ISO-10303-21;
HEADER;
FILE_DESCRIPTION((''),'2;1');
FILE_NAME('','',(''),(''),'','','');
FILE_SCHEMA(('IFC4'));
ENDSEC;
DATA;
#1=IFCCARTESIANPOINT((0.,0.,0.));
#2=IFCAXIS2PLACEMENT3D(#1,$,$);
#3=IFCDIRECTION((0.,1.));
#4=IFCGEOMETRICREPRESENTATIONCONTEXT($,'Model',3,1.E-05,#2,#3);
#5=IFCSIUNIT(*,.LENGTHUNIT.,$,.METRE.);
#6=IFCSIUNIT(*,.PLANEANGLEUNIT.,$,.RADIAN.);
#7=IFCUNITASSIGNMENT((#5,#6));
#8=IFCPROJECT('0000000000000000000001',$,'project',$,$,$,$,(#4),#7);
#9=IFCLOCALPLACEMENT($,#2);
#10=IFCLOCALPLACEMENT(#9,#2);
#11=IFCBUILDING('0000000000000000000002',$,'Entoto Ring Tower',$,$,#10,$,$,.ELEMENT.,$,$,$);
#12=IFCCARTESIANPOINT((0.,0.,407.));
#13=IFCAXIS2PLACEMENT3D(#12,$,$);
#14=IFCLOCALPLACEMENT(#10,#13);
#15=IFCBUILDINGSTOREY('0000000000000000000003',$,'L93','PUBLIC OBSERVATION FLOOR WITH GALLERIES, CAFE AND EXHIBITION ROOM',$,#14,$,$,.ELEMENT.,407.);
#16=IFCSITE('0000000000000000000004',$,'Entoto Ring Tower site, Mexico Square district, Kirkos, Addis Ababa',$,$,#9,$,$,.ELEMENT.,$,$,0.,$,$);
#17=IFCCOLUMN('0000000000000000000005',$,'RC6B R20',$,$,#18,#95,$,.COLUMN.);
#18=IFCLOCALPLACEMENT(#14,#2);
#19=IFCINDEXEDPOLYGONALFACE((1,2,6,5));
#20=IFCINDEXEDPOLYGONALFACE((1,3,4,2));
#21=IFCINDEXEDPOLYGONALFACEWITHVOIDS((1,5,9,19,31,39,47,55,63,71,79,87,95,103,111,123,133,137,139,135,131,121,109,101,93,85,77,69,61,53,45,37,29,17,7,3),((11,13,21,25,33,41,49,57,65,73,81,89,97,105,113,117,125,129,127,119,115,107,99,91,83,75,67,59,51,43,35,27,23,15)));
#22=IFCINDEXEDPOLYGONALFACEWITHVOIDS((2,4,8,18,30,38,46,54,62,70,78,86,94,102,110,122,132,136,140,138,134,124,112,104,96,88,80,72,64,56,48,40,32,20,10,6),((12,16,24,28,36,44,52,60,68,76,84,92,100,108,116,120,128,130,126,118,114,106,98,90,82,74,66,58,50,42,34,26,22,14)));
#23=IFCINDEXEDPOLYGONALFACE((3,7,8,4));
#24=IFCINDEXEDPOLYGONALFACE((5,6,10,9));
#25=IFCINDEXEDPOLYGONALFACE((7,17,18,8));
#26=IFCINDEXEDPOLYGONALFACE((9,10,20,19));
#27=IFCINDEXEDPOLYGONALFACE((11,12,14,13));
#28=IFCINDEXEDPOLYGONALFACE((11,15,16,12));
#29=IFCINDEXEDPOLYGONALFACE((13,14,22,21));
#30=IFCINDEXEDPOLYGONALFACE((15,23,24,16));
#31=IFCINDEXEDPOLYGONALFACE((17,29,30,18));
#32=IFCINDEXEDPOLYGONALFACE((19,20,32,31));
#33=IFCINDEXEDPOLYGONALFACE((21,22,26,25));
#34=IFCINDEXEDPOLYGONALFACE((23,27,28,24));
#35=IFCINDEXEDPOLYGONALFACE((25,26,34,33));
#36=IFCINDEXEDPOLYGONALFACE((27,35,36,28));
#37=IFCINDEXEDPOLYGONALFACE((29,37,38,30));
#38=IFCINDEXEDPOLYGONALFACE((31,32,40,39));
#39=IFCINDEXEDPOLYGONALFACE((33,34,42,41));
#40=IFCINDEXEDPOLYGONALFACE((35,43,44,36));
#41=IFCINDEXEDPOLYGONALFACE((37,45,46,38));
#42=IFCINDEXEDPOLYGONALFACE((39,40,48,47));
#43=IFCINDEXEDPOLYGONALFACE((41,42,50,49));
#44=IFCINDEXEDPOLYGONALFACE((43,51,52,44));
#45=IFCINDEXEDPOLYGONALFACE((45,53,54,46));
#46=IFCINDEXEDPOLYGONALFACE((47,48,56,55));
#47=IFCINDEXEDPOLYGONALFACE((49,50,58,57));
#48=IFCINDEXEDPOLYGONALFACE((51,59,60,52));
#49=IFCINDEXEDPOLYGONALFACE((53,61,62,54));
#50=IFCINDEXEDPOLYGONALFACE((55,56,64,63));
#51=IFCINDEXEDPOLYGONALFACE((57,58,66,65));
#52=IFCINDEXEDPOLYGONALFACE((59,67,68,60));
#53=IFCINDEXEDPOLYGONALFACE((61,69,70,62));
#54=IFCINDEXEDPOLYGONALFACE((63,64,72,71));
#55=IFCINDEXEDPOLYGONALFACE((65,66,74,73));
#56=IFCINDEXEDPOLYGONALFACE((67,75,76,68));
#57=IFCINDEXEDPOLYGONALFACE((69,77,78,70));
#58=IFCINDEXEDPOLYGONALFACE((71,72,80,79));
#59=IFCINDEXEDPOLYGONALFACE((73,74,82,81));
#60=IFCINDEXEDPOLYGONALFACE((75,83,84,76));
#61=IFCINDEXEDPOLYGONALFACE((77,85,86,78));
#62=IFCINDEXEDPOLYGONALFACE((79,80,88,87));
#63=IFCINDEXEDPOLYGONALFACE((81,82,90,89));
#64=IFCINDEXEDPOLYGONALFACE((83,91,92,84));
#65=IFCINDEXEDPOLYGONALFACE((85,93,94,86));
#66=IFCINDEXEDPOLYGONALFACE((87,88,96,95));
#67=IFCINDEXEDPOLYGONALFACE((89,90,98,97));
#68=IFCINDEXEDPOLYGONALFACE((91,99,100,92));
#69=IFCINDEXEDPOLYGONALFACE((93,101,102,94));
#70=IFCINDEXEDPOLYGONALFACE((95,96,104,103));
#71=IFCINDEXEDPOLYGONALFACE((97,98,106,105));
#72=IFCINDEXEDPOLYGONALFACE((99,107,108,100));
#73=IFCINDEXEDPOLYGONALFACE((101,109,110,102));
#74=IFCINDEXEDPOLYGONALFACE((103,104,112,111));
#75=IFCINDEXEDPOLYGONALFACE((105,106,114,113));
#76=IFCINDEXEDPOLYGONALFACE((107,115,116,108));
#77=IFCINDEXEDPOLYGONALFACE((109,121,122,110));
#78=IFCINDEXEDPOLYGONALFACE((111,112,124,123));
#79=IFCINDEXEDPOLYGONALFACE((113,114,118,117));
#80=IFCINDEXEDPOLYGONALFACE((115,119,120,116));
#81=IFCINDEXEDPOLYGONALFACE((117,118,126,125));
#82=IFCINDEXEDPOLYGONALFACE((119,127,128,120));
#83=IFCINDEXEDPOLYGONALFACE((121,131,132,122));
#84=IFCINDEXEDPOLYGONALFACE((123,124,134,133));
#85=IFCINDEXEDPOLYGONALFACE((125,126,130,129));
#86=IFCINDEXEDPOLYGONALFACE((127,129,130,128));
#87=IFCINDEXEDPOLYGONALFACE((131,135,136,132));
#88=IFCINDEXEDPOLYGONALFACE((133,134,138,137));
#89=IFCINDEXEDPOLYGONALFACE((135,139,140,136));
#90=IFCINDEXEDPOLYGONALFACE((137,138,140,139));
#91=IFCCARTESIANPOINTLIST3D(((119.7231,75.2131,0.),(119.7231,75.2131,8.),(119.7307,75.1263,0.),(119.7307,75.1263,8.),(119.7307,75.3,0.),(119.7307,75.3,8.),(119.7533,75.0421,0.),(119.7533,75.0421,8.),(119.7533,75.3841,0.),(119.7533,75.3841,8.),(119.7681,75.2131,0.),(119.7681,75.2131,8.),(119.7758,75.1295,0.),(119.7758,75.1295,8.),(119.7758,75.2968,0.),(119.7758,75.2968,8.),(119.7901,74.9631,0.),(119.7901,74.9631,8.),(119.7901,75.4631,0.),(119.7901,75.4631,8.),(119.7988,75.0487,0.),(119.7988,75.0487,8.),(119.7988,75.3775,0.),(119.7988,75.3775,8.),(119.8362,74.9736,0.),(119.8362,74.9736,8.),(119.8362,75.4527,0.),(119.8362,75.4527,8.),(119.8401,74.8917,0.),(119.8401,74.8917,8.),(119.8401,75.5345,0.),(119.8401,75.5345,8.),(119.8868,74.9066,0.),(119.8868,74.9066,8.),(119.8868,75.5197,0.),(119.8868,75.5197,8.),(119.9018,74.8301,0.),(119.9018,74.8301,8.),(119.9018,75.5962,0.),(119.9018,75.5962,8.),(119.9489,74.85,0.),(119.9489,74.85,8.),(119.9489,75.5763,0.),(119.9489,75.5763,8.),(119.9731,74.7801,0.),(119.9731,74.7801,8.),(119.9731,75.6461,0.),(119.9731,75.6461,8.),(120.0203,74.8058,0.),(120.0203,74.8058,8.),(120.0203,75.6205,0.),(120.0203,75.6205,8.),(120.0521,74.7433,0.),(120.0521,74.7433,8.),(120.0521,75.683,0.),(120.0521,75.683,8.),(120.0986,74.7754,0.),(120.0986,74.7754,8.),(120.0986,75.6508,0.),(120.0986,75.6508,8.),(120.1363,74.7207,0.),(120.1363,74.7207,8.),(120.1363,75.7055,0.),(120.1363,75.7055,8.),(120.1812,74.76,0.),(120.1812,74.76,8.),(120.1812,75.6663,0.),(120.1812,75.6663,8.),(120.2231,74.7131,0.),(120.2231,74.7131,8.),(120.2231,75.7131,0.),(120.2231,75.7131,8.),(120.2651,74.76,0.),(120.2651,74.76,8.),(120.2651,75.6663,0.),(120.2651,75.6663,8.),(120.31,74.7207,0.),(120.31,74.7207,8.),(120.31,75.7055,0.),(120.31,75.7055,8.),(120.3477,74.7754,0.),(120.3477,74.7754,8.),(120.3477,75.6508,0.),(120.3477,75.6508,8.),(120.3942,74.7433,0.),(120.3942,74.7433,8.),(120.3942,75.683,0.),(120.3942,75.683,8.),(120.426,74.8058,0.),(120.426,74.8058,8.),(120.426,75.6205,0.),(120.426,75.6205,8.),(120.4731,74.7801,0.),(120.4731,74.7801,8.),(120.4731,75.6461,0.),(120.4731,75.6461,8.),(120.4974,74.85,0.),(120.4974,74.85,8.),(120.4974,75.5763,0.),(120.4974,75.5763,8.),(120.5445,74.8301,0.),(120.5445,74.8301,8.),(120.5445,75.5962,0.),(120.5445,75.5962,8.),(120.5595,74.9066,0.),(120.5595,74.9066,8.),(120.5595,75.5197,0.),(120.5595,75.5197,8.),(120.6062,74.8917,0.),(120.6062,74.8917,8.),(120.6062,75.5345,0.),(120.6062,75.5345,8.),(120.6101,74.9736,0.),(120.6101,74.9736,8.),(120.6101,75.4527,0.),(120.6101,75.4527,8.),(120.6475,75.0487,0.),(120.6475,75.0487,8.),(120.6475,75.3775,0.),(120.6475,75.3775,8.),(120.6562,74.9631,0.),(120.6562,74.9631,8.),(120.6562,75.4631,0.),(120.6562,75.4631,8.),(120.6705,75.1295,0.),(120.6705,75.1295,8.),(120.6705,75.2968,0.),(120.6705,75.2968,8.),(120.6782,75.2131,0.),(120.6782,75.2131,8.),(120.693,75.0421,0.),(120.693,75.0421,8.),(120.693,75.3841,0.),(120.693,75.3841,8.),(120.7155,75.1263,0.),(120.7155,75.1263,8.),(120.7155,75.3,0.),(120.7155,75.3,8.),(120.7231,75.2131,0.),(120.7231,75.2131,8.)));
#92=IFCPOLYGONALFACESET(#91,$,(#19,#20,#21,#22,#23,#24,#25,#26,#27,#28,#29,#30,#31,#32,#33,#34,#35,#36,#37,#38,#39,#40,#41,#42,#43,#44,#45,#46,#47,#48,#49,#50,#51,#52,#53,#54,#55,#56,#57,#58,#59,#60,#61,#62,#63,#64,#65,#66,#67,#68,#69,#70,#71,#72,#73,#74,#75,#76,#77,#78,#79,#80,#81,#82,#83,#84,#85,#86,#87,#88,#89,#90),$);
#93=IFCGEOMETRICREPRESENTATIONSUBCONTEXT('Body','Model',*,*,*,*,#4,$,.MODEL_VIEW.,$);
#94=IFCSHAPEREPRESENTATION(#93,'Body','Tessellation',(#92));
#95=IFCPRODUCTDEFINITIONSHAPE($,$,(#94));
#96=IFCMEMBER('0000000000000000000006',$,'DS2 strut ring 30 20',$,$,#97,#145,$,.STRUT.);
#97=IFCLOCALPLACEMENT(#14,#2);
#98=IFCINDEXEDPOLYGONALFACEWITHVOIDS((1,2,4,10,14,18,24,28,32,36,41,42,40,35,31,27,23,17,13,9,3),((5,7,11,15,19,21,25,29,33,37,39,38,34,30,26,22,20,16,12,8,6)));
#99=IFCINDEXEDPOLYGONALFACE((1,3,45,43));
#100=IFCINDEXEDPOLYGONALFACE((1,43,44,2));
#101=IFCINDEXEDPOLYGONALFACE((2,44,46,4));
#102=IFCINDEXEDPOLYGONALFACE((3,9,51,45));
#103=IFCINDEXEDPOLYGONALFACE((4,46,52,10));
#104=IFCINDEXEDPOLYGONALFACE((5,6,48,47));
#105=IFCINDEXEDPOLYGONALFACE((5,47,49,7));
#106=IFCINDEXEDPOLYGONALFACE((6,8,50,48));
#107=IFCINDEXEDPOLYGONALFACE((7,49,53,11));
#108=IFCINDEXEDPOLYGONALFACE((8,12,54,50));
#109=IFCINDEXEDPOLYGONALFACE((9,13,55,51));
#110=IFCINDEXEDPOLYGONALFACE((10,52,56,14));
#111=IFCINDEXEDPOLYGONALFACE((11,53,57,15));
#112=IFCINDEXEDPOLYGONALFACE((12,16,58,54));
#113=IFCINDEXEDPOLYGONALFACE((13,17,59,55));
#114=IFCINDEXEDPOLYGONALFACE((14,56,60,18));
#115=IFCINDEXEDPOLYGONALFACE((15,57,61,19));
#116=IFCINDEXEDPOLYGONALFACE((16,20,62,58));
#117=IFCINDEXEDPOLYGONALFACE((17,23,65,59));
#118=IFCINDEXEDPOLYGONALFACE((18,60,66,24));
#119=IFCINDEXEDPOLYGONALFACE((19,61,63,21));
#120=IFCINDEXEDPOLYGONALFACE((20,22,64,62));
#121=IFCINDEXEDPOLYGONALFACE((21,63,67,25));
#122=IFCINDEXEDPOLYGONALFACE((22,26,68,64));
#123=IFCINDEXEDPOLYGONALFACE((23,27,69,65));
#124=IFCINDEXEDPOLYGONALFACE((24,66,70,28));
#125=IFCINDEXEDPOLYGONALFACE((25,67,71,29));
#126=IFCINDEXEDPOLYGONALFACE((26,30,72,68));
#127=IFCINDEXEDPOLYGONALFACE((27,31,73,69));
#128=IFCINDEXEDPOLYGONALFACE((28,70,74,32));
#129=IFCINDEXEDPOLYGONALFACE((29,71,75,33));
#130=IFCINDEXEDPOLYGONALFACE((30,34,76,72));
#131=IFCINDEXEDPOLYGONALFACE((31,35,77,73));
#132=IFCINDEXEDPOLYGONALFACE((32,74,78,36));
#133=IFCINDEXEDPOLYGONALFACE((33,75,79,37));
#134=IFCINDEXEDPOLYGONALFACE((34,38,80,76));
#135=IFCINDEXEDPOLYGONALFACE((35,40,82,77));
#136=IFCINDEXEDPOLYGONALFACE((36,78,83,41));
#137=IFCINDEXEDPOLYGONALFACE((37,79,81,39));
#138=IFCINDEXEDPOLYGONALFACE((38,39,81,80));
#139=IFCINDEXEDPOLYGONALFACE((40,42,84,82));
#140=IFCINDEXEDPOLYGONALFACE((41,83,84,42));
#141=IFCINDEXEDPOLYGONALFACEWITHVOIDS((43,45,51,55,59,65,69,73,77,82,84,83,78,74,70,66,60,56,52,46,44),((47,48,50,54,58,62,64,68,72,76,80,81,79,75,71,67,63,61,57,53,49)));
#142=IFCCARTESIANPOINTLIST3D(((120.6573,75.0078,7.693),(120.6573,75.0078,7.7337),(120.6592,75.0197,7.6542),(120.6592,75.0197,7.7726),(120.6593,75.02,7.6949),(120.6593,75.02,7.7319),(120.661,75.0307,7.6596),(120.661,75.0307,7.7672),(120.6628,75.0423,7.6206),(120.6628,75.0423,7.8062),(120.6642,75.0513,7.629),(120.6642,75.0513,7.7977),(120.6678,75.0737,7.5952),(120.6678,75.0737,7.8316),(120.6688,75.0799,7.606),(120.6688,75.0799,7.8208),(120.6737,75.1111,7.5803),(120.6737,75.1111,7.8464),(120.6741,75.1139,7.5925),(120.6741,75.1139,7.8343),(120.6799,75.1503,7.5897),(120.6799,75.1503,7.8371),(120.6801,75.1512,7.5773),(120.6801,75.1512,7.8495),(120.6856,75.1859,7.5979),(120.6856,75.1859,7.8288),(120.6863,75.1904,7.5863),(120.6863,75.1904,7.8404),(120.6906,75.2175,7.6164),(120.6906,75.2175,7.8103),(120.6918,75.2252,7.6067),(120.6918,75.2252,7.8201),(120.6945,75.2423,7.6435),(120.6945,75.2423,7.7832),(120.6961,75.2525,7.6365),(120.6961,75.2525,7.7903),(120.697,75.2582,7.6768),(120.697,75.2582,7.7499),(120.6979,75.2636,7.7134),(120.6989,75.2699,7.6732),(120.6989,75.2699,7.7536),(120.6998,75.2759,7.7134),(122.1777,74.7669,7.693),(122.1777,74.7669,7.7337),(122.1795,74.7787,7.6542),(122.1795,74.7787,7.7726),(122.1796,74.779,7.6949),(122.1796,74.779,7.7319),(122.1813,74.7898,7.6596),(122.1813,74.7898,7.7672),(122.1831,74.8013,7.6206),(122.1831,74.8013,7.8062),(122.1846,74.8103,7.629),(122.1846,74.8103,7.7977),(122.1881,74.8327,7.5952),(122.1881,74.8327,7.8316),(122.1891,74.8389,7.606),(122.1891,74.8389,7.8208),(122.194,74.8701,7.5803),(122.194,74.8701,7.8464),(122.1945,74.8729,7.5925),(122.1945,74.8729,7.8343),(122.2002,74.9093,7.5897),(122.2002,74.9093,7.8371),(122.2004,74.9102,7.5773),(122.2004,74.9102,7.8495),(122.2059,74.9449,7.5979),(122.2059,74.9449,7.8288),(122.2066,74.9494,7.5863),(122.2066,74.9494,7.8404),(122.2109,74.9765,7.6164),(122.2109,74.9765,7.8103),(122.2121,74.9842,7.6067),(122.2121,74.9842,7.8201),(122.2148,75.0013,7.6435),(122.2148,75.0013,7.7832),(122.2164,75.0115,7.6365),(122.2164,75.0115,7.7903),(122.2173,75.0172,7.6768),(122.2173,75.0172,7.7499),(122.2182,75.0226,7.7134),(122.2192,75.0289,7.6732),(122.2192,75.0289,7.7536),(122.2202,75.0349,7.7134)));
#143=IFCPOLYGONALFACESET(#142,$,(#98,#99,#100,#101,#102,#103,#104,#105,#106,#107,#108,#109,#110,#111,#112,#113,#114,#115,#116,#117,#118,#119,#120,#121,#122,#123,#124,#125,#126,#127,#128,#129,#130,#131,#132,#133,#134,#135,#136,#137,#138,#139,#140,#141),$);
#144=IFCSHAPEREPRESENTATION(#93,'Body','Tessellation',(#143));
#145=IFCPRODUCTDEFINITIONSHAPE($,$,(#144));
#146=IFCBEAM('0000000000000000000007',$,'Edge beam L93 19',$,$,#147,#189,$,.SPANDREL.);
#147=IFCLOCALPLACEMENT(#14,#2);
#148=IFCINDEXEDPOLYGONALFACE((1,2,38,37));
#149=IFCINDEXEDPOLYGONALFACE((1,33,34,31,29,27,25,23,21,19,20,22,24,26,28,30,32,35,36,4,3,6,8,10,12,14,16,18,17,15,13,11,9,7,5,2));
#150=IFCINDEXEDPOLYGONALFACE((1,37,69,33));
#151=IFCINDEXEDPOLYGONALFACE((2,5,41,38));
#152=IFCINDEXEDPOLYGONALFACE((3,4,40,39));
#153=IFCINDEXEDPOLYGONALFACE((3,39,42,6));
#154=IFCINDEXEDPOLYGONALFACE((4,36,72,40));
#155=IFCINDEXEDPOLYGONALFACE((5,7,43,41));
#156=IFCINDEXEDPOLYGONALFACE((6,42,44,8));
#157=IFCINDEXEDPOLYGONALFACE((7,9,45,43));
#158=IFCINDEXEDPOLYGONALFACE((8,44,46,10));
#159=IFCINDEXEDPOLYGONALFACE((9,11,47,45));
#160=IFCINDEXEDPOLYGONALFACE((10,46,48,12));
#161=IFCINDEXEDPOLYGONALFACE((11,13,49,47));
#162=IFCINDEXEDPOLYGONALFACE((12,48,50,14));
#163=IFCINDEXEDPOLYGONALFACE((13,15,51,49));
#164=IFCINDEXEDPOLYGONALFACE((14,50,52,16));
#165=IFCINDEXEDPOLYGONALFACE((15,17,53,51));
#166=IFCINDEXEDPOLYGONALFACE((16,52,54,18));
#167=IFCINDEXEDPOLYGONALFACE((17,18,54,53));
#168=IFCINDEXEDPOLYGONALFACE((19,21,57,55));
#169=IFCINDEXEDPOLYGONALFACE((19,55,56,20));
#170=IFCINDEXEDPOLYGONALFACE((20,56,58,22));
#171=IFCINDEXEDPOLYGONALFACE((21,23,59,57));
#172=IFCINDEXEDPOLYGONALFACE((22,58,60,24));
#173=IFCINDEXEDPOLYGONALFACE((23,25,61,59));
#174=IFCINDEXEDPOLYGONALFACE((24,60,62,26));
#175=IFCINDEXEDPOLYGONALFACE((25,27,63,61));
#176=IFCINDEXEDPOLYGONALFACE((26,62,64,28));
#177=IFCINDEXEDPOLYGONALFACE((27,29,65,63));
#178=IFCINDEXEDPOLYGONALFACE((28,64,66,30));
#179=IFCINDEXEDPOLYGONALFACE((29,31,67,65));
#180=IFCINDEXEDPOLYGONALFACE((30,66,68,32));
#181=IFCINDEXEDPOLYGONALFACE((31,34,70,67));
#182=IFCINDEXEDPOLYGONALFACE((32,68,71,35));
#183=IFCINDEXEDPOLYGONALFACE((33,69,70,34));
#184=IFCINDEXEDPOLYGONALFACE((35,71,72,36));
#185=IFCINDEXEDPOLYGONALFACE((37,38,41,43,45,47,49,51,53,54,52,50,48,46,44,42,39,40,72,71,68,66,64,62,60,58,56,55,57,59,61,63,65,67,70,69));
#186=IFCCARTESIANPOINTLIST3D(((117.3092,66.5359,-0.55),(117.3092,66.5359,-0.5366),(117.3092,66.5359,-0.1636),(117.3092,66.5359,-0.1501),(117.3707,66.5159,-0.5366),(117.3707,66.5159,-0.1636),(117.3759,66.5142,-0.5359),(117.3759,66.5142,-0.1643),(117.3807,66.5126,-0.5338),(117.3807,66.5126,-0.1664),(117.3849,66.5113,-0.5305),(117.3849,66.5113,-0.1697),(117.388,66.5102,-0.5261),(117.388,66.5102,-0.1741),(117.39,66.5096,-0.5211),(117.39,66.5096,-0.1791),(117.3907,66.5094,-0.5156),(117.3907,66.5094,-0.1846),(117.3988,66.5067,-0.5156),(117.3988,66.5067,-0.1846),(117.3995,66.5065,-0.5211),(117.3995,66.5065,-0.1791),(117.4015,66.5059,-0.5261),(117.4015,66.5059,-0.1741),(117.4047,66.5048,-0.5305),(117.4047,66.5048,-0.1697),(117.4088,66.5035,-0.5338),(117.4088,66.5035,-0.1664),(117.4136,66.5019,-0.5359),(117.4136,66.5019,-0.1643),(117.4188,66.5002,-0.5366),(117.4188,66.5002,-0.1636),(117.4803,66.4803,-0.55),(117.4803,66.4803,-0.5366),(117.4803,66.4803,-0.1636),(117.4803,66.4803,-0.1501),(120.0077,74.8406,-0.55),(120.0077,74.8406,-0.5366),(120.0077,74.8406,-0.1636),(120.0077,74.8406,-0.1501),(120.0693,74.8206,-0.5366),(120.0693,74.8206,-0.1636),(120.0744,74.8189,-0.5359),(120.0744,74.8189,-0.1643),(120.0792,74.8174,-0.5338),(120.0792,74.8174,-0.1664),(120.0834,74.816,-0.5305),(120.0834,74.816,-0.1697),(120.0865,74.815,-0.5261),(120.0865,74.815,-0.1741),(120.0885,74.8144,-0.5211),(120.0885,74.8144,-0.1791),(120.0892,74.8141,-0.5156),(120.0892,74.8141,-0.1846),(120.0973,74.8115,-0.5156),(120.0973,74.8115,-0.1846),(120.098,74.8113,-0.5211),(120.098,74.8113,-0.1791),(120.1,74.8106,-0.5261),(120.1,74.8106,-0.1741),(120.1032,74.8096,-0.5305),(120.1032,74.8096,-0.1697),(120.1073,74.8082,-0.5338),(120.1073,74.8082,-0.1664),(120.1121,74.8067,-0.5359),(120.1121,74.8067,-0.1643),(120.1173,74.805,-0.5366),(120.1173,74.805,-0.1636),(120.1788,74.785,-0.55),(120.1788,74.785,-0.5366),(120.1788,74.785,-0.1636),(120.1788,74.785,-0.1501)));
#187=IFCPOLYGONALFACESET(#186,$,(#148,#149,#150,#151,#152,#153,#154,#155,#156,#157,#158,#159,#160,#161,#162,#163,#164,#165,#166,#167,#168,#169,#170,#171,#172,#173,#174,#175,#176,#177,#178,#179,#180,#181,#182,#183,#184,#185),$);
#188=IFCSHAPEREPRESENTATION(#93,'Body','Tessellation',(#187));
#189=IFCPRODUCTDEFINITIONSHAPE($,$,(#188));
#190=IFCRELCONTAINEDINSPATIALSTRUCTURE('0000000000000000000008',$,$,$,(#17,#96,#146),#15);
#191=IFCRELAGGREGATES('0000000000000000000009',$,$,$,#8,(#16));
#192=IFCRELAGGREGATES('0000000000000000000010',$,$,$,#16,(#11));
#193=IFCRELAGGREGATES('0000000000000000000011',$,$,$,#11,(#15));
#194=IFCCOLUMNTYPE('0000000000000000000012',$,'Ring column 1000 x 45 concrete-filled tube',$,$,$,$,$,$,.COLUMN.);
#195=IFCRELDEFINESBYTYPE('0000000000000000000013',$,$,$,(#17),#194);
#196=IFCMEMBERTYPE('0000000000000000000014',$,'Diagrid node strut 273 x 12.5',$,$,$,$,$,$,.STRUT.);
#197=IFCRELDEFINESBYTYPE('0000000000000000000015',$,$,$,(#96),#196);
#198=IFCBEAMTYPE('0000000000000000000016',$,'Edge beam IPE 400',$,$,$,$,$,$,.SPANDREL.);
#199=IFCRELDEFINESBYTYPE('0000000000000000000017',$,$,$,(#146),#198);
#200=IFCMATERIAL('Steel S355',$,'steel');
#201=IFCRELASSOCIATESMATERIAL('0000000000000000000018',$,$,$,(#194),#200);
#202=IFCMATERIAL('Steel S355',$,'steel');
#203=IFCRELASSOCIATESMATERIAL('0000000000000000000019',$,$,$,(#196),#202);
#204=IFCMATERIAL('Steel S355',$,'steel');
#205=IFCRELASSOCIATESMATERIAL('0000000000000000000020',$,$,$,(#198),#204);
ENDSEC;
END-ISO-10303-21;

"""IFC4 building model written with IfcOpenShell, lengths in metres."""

from ifc_helpers import new_model, si_unit, direction, frame, origin, origin_2d, place, context, subcontext, project, spatial, circle, hollow_circle, i_section, extrude, material, material_profile, profile_set, type_object, element, save


model = new_model("IFC4")

# Units and contexts
model_context = context("Model", 3, precision=1e-05, world=origin(), true_north=direction((0.0, 1.0)))
body_context = subcontext(model_context, "Body", "Model", "MODEL_VIEW")
ifc_project = project(units=[si_unit("LENGTHUNIT", "METRE"), si_unit("PLANEANGLEUNIT", "RADIAN")], contexts=[model_context])

# Site, building, storey
site_placement = place(None, origin())
site = spatial("IfcSite", under=ifc_project, at=site_placement, Name="Entoto Ring Tower site, Mexico Square district, Kirkos, Addis Ababa", CompositionType="ELEMENT", RefElevation=0.0)
building_placement = place(site_placement, origin())
building = spatial("IfcBuilding", under=site, at=building_placement, Name="Entoto Ring Tower", CompositionType="ELEMENT")
storey_placement = place(building_placement, frame((0.0, 0.0, 407.0)))
storey = spatial("IfcBuildingStorey", under=building, at=storey_placement, Name="L93", Description="PUBLIC OBSERVATION FLOOR WITH GALLERIES, CAFE AND EXHIBITION ROOM", CompositionType="ELEMENT", Elevation=407.0)

# Column
ifc_material_1 = material(Name="Steel S355", Category="steel")
ifc_material_profile_1 = material_profile(ifc_material_1, hollow_circle(Radius=0.5, WallThickness=0.0449, at=origin_2d()), Name="CHS 1000 x 45")
ifc_material_2 = material(Name="Concrete C60/75", Category="concrete")
ifc_material_profile_2 = material_profile(ifc_material_2, circle(Radius=0.4551, at=origin_2d()), Name="Concrete C60/75 infill")
ifc_profile_set_1 = profile_set([ifc_material_profile_1, ifc_material_profile_2], Name="Steel S355")
column_type = type_object("IfcColumnType", Name="Ring column 1000 x 45 concrete-filled tube", PredefinedType="COLUMN", material=ifc_profile_set_1)
column_placement = place(storey_placement, frame((120.2231, 75.2131, 0.0), z_axis=(0.0, 0.0, 1.0), x_axis=(1.0, 0.0, 0.0)))
element("IfcColumn", 1, at=column_placement, inside=storey, type_object=column_type, Name="RC6B R20", PredefinedType="COLUMN", context=body_context, shape_type="SweptSolid", body=[
    extrude(hollow_circle(Radius=0.5, WallThickness=0.0449, at=origin_2d()), origin(), (0.0, 0.0, 1.0), 8.0),
])

# Member
ifc_material_3 = material(Name="Steel S355", Category="steel")
ifc_material_profile_3 = material_profile(ifc_material_3, hollow_circle(Radius=0.1365, WallThickness=0.0125, at=origin_2d()), Name="CHS 273 x 12.5")
ifc_material_4 = material(Name="Concrete C60/75", Category="concrete")
ifc_material_profile_4 = material_profile(ifc_material_4, circle(Radius=0.124, at=origin_2d()), Name="Concrete C60/75 infill")
ifc_profile_set_2 = profile_set([ifc_material_profile_3, ifc_material_profile_4], Name="Steel S355")
member_type = type_object("IfcMemberType", Name="Diagrid node strut 273 x 12.5", PredefinedType="STRUT", material=ifc_profile_set_2)
member_placement = place(storey_placement, frame((120.6785, 75.1411, 7.7134), z_axis=(0.98767, -0.156549, 0.0), x_axis=(0.156549, 0.98767, 0.0)))
element("IfcMember", 2, at=member_placement, inside=storey, type_object=member_type, Name="DS2 strut ring 30 20", PredefinedType="STRUT", context=body_context, shape_type="SweptSolid", body=[
    extrude(hollow_circle(Radius=0.1365, WallThickness=0.0125, at=origin_2d()), origin(), (0.0, 0.0, 1.0), 1.5393),
])

# Beam
ifc_material_5 = material(Name="Steel S355", Category="steel")
ifc_material_profile_5 = material_profile(ifc_material_5, i_section(OverallWidth=0.1799, OverallDepth=0.3999, WebThickness=0.0085, FlangeThickness=0.0134, FilletRadius=0.021, at=origin_2d()), Name="IPE 400")
ifc_profile_set_3 = profile_set([ifc_material_profile_5], Name="Steel S355")
beam_type_1 = type_object("IfcBeamType", Name="Edge beam IPE 400", PredefinedType="SPANDREL", material=ifc_profile_set_3)
beam_1_placement = place(storey_placement, frame((117.3948, 66.5081, -0.3501), z_axis=(0.30903, 0.951052, 0.0), x_axis=(-0.951052, 0.30903, 0.0)))
element("IfcBeam", 3, at=beam_1_placement, inside=storey, type_object=beam_type_1, Name="Edge beam L93 19", PredefinedType="SPANDREL", context=body_context, shape_type="SweptSolid", body=[
    extrude(i_section(OverallWidth=0.1799, OverallDepth=0.3999, WebThickness=0.0085, FlangeThickness=0.0134, FilletRadius=0.021, at=origin_2d()), origin(), (0.0, 0.0, 1.0), 8.7322),
])

save(model, "model.ifc")
